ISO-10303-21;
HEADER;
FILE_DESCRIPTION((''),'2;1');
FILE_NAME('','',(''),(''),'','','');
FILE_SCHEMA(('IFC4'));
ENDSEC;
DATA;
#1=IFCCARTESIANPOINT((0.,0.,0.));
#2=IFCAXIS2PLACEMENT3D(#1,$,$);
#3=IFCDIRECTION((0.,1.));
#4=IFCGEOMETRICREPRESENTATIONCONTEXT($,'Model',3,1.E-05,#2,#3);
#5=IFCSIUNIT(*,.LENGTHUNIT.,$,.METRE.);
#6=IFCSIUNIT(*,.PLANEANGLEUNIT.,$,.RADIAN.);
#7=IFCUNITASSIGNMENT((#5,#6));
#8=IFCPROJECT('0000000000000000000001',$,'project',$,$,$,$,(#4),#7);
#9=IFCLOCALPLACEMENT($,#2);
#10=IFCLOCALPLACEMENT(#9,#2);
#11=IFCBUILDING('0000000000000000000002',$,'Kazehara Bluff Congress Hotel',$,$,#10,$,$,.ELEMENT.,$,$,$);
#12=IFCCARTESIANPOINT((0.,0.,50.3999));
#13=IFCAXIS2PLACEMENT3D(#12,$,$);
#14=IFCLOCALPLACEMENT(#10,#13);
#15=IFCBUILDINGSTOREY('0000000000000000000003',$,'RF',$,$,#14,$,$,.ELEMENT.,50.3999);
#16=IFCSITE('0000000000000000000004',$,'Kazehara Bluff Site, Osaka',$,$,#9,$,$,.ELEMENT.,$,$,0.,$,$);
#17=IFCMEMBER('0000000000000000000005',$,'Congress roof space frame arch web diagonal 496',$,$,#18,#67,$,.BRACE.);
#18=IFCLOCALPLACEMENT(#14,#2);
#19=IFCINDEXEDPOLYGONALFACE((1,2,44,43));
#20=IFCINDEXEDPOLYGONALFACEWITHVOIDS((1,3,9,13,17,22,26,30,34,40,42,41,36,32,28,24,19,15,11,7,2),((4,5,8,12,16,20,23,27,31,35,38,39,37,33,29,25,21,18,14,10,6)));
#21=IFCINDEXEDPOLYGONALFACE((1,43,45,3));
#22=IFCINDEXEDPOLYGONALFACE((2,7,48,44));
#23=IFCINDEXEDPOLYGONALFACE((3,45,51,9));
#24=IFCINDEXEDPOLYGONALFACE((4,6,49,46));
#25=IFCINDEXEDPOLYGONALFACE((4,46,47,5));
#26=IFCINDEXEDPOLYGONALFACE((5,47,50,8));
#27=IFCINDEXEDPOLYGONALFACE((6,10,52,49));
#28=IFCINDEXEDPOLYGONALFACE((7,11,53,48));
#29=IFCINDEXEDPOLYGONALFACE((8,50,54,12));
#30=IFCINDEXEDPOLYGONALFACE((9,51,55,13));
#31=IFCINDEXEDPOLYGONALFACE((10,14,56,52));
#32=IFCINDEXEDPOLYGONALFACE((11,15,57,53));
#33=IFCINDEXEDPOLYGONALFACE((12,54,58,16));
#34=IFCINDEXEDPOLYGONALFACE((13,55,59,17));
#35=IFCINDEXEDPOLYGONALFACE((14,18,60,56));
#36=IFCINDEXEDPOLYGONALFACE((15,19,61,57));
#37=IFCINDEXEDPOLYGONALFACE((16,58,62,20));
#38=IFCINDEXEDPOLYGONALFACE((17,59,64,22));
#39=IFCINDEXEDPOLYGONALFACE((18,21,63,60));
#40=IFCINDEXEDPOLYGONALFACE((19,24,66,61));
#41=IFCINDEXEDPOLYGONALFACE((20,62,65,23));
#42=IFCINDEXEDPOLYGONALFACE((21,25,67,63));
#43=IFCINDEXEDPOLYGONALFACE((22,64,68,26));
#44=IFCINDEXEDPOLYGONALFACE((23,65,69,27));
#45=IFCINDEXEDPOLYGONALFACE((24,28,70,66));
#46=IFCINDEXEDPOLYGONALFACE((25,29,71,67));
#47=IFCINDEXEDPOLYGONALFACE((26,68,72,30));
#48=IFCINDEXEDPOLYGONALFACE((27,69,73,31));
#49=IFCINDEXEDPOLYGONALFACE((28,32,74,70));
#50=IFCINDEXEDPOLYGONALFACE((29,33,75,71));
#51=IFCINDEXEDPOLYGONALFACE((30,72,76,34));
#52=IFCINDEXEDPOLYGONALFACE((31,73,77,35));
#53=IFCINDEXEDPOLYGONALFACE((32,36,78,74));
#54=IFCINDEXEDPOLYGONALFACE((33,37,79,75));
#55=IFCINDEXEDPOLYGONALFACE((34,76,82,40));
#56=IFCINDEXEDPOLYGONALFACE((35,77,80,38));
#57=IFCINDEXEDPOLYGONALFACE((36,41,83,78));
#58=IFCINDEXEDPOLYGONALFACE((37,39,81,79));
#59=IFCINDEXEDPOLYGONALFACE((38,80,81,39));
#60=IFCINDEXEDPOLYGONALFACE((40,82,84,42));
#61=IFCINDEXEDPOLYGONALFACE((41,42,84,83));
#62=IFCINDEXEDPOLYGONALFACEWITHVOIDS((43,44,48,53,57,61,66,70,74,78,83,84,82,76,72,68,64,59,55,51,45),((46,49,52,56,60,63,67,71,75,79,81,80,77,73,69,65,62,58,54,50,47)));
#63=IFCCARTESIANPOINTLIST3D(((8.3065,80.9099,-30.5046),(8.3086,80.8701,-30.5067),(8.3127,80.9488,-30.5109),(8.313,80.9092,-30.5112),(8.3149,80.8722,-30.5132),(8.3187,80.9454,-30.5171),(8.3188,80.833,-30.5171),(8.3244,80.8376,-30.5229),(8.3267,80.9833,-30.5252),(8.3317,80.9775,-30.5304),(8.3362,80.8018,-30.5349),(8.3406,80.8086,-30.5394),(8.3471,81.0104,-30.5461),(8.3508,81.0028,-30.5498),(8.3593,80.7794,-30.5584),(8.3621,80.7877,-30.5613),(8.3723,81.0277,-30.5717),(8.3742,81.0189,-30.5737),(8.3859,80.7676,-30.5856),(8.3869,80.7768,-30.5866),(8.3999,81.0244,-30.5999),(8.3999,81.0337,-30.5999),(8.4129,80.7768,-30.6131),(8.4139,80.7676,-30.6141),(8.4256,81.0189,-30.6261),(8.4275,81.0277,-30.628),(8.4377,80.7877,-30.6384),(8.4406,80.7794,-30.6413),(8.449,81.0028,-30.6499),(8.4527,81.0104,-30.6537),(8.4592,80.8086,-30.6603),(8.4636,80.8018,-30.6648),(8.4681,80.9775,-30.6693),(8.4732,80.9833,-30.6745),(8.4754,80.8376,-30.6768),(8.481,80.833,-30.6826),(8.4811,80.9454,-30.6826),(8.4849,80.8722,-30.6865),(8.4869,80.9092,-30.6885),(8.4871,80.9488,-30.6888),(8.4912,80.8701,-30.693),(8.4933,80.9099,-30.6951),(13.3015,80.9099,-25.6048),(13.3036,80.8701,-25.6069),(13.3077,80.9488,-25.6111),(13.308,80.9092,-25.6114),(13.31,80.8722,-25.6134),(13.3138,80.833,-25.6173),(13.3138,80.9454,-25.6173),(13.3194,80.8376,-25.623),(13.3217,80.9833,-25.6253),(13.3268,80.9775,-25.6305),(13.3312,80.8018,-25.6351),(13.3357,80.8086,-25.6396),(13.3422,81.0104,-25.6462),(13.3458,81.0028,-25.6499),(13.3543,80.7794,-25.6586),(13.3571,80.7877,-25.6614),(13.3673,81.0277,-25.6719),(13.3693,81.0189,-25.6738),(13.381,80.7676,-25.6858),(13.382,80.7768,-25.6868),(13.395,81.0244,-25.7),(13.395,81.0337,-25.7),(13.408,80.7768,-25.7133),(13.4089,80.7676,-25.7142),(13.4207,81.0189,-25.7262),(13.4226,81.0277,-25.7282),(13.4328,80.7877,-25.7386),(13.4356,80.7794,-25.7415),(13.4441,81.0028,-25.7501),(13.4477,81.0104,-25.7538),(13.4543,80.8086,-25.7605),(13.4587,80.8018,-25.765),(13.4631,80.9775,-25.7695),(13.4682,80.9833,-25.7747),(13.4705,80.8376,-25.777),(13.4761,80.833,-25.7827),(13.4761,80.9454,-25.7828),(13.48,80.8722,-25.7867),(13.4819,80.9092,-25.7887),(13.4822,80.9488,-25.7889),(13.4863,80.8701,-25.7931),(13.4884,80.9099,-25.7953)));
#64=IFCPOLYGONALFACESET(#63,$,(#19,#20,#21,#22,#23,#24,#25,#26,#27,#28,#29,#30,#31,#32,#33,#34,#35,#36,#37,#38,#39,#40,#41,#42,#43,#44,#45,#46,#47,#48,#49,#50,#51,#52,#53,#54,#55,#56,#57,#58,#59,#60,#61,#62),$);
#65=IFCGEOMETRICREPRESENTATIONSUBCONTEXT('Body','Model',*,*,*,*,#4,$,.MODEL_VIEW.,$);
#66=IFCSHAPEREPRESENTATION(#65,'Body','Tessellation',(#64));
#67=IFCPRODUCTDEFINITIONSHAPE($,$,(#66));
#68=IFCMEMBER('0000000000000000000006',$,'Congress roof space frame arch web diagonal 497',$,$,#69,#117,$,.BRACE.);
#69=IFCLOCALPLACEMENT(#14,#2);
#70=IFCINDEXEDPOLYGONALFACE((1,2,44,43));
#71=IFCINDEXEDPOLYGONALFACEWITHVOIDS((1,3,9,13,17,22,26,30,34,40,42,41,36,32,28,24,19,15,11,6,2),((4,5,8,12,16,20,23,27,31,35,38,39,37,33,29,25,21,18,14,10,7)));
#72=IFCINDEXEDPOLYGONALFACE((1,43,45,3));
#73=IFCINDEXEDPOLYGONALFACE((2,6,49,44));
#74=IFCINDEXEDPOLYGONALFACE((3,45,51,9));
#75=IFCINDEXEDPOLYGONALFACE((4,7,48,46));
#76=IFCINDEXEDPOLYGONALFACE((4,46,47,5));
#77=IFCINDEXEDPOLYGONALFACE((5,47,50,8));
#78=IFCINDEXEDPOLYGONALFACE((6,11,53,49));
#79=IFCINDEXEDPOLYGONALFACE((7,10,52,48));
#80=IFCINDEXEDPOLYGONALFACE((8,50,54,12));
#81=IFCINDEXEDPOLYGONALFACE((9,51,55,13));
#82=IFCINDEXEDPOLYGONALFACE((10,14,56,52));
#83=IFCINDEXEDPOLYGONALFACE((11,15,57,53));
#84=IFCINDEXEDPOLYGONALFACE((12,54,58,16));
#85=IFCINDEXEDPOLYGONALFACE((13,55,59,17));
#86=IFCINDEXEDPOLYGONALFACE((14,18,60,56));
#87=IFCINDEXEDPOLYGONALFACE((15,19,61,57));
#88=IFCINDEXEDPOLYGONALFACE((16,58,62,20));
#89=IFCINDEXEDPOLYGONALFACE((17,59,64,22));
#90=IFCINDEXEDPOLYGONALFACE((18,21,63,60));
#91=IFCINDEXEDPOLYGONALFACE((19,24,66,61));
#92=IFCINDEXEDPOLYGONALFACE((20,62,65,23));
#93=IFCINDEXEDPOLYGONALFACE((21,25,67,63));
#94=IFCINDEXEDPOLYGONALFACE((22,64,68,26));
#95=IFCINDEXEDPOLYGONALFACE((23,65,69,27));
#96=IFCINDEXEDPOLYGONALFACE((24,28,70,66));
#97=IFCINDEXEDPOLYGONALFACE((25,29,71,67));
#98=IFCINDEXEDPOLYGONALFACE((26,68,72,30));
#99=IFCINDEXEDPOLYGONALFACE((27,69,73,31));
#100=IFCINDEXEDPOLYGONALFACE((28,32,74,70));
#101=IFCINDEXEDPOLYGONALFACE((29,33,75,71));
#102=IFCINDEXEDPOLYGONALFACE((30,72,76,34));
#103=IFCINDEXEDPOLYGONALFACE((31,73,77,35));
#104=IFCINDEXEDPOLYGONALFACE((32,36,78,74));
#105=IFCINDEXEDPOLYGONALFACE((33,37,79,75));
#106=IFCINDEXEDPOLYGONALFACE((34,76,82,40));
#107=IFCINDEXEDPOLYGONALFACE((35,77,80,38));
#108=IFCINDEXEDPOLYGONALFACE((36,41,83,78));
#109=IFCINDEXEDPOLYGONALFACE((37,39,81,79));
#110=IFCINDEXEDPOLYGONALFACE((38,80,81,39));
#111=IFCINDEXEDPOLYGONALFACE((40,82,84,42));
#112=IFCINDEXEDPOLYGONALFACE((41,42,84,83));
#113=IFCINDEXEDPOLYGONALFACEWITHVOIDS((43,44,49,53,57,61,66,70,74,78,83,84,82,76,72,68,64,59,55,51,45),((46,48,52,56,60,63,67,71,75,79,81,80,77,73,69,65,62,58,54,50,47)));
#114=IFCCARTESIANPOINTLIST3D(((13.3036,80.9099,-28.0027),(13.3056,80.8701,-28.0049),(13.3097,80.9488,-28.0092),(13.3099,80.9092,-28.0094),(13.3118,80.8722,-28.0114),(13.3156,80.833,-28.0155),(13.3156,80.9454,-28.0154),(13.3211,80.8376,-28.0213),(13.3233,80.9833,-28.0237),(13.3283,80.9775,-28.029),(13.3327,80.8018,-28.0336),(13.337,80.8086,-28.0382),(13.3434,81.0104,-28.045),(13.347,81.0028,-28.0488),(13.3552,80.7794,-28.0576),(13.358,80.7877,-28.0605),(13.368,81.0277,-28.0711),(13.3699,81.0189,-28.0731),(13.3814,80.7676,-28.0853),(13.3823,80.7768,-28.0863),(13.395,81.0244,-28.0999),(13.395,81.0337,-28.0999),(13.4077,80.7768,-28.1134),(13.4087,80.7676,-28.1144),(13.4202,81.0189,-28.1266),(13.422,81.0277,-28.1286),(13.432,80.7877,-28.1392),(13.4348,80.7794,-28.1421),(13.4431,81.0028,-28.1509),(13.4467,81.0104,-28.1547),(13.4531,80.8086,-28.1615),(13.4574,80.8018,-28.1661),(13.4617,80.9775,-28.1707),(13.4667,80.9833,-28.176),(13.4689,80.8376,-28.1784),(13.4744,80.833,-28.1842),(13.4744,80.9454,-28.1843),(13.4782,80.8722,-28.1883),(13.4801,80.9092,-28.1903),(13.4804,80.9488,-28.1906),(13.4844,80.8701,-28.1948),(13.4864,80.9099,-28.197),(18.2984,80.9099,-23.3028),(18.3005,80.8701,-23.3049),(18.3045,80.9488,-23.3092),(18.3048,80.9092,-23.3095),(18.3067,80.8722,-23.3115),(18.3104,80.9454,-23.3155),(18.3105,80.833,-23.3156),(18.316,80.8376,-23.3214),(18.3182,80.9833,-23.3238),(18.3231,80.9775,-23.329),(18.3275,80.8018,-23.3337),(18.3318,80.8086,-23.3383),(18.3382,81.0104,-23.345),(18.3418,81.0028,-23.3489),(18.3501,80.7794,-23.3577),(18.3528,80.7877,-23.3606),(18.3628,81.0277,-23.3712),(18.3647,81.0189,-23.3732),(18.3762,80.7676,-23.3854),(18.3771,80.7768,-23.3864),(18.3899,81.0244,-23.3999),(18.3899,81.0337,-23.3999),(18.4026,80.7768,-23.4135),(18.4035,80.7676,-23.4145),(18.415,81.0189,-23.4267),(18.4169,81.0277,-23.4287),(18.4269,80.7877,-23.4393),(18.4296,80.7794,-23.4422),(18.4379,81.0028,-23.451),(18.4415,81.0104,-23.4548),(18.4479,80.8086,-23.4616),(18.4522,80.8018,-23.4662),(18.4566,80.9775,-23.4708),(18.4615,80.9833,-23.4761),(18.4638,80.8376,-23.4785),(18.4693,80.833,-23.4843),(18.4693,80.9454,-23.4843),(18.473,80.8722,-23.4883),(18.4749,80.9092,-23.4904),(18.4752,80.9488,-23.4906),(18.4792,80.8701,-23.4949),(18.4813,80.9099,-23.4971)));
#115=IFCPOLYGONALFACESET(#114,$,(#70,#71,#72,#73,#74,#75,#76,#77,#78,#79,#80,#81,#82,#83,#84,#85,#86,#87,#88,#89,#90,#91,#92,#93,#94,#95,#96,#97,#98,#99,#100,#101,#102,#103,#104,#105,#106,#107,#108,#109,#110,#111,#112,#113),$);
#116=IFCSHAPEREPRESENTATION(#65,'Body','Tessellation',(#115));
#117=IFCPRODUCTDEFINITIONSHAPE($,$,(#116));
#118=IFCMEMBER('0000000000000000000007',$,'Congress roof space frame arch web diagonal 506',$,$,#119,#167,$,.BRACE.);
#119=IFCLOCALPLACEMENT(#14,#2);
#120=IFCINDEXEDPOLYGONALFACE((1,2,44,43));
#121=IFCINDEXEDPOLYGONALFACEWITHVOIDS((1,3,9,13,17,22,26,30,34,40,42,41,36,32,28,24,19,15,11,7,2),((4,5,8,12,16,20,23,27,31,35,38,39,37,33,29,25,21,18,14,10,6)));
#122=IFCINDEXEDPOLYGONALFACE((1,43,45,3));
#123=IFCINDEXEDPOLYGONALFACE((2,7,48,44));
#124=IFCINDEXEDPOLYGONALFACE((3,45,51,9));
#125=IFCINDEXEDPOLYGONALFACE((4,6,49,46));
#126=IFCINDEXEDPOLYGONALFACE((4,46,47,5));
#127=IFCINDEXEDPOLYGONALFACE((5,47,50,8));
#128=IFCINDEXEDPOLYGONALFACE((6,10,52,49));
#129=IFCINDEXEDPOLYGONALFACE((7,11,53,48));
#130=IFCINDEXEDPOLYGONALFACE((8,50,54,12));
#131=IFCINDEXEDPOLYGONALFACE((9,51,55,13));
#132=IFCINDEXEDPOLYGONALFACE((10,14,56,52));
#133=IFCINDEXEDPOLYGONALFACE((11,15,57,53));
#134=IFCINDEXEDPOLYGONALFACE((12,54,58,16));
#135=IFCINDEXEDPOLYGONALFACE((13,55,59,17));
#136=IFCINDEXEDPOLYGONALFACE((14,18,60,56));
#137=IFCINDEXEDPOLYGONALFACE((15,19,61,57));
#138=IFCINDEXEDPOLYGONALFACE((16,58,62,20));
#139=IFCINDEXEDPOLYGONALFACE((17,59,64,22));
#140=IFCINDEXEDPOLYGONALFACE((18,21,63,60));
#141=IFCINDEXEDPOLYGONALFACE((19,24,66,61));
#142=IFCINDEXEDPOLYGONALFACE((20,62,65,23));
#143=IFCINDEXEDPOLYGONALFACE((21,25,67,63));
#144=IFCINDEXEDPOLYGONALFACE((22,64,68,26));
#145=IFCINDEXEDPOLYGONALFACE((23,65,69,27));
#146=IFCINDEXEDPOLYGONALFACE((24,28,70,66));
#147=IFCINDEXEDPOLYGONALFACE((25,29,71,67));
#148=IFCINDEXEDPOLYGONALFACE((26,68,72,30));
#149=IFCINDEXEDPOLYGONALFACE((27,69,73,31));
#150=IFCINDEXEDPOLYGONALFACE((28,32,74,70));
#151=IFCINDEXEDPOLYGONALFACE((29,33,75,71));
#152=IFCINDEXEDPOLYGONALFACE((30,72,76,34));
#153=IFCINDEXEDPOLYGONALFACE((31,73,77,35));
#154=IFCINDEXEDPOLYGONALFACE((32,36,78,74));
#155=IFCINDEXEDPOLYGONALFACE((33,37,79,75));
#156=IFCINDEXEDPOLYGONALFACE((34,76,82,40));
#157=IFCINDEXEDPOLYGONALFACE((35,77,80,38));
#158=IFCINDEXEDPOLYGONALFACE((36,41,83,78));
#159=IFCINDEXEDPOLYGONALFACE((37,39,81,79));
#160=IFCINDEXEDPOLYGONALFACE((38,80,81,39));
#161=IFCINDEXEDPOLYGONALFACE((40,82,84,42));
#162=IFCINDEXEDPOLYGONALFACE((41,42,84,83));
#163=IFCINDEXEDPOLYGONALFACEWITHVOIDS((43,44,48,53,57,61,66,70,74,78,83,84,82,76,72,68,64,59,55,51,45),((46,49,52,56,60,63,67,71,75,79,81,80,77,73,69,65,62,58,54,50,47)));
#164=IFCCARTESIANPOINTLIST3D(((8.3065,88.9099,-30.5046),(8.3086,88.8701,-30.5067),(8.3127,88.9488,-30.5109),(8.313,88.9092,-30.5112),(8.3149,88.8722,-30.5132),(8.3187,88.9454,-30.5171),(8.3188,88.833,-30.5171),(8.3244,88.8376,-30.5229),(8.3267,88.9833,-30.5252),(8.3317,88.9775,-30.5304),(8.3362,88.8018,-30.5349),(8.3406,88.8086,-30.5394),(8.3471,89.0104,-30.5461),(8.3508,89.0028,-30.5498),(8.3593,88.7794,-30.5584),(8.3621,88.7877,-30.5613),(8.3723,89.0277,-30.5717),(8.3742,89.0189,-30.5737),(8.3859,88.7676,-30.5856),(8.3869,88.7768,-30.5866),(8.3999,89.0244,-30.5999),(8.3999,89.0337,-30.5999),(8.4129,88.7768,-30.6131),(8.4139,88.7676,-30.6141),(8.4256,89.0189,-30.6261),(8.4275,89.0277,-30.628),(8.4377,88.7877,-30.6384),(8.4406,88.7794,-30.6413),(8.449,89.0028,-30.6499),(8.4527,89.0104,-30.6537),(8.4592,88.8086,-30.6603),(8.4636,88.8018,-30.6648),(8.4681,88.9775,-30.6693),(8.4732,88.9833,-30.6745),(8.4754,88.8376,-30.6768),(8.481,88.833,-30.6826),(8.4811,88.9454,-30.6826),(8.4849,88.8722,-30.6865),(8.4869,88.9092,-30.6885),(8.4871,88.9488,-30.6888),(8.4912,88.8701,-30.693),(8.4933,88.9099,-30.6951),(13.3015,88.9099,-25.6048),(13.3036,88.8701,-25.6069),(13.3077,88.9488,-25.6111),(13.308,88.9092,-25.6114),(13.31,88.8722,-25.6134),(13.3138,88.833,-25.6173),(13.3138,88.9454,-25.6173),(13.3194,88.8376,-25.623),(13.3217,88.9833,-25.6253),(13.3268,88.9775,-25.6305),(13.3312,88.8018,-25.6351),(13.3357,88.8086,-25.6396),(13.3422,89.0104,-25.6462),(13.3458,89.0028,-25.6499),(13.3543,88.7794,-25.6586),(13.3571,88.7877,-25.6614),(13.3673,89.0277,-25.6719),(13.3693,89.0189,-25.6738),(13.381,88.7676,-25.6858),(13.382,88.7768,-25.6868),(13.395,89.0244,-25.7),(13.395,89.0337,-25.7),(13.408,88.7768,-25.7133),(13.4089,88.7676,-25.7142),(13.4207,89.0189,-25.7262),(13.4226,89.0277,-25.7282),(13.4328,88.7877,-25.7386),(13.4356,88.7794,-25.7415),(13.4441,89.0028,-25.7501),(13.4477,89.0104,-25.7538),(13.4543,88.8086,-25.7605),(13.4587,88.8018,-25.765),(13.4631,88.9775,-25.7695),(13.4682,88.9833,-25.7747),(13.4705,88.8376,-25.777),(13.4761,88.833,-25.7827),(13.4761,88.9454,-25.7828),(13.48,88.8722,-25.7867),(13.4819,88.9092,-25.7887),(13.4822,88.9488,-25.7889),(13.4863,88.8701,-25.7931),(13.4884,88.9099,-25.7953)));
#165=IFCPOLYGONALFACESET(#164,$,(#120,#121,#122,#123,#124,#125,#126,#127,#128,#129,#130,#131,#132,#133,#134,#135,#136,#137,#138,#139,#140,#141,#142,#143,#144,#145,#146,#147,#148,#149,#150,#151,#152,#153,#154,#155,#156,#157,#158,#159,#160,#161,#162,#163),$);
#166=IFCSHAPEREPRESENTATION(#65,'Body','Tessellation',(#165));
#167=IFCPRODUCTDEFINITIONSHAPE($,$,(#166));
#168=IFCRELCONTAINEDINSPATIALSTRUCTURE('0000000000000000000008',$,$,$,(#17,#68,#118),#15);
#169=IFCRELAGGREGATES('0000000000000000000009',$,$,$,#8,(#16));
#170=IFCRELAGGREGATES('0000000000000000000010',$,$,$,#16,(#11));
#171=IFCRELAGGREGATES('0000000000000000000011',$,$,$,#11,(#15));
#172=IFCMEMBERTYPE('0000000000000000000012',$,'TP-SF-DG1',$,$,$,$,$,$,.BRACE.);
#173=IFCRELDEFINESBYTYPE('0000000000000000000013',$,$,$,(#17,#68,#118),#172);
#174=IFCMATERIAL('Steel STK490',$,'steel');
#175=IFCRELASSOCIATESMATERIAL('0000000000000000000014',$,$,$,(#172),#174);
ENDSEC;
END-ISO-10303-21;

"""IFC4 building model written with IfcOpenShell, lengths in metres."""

from ifc_helpers import new_model, si_unit, direction, frame, origin, origin_2d, place, context, subcontext, project, spatial, hollow_circle, extrude, material, material_profile, profile_set, type_object, element, save


model = new_model("IFC4")

# Units and contexts
model_context = context("Model", 3, precision=1e-05, world=origin(), true_north=direction((0.0, 1.0)))
body_context = subcontext(model_context, "Body", "Model", "MODEL_VIEW")
ifc_project = project(units=[si_unit("LENGTHUNIT", "METRE"), si_unit("PLANEANGLEUNIT", "RADIAN")], contexts=[model_context])

# Site, building, storey
site_placement = place(None, origin())
site = spatial("IfcSite", under=ifc_project, at=site_placement, Name="Kazehara Bluff Site, Osaka", CompositionType="ELEMENT", RefElevation=0.0)
building_placement = place(site_placement, origin())
building = spatial("IfcBuilding", under=site, at=building_placement, Name="Kazehara Bluff Congress Hotel", CompositionType="ELEMENT")
storey_placement = place(building_placement, frame((0.0, 0.0, 50.3999)))
storey = spatial("IfcBuildingStorey", under=building, at=storey_placement, Name="RF", CompositionType="ELEMENT", Elevation=50.3999)

# Members
ifc_material_1 = material(Name="Steel STK490", Category="steel")
ifc_material_profile_1 = material_profile(ifc_material_1, hollow_circle(Radius=0.1338, WallThickness=0.0093, at=origin_2d()))
ifc_profile_set_1 = profile_set([ifc_material_profile_1], Name="Steel STK490")
member_type_1 = type_object("IfcMemberType", Name="TP-SF-DG1", PredefinedType="BRACE", material=ifc_profile_set_1)
member_1_placement = place(storey_placement, frame((8.3999, 80.8999, -30.5999), z_axis=(0.713878, 0.0, 0.70027), x_axis=(0.0, 1.0, 0.0)))
element("IfcMember", 1, at=member_1_placement, inside=storey, type_object=member_type_1, Name="Congress roof space frame arch web diagonal 496", PredefinedType="BRACE", context=body_context, shape_type="SweptSolid", body=[
    extrude(hollow_circle(Radius=0.1338, WallThickness=0.0093, at=origin_2d()), origin(), (0.0, 0.0, 1.0), 6.9971),
])
member_2_placement = place(storey_placement, frame((13.395, 80.8999, -28.0999), z_axis=(0.72828, 0.0, 0.685279), x_axis=(0.0, 1.0, 0.0)))
element("IfcMember", 2, at=member_2_placement, inside=storey, type_object=member_type_1, Name="Congress roof space frame arch web diagonal 497", PredefinedType="BRACE", context=body_context, shape_type="SweptSolid", body=[
    extrude(hollow_circle(Radius=0.1338, WallThickness=0.0093, at=origin_2d()), origin(), (0.0, 0.0, 1.0), 6.8584),
])
member_3_placement = place(storey_placement, frame((8.3999, 88.8999, -30.5999), z_axis=(0.713878, 0.0, 0.70027), x_axis=(0.0, 1.0, 0.0)))
element("IfcMember", 3, at=member_3_placement, inside=storey, type_object=member_type_1, Name="Congress roof space frame arch web diagonal 506", PredefinedType="BRACE", context=body_context, shape_type="SweptSolid", body=[
    extrude(hollow_circle(Radius=0.1338, WallThickness=0.0093, at=origin_2d()), origin(), (0.0, 0.0, 1.0), 6.9971),
])

save(model, "model.ifc")
